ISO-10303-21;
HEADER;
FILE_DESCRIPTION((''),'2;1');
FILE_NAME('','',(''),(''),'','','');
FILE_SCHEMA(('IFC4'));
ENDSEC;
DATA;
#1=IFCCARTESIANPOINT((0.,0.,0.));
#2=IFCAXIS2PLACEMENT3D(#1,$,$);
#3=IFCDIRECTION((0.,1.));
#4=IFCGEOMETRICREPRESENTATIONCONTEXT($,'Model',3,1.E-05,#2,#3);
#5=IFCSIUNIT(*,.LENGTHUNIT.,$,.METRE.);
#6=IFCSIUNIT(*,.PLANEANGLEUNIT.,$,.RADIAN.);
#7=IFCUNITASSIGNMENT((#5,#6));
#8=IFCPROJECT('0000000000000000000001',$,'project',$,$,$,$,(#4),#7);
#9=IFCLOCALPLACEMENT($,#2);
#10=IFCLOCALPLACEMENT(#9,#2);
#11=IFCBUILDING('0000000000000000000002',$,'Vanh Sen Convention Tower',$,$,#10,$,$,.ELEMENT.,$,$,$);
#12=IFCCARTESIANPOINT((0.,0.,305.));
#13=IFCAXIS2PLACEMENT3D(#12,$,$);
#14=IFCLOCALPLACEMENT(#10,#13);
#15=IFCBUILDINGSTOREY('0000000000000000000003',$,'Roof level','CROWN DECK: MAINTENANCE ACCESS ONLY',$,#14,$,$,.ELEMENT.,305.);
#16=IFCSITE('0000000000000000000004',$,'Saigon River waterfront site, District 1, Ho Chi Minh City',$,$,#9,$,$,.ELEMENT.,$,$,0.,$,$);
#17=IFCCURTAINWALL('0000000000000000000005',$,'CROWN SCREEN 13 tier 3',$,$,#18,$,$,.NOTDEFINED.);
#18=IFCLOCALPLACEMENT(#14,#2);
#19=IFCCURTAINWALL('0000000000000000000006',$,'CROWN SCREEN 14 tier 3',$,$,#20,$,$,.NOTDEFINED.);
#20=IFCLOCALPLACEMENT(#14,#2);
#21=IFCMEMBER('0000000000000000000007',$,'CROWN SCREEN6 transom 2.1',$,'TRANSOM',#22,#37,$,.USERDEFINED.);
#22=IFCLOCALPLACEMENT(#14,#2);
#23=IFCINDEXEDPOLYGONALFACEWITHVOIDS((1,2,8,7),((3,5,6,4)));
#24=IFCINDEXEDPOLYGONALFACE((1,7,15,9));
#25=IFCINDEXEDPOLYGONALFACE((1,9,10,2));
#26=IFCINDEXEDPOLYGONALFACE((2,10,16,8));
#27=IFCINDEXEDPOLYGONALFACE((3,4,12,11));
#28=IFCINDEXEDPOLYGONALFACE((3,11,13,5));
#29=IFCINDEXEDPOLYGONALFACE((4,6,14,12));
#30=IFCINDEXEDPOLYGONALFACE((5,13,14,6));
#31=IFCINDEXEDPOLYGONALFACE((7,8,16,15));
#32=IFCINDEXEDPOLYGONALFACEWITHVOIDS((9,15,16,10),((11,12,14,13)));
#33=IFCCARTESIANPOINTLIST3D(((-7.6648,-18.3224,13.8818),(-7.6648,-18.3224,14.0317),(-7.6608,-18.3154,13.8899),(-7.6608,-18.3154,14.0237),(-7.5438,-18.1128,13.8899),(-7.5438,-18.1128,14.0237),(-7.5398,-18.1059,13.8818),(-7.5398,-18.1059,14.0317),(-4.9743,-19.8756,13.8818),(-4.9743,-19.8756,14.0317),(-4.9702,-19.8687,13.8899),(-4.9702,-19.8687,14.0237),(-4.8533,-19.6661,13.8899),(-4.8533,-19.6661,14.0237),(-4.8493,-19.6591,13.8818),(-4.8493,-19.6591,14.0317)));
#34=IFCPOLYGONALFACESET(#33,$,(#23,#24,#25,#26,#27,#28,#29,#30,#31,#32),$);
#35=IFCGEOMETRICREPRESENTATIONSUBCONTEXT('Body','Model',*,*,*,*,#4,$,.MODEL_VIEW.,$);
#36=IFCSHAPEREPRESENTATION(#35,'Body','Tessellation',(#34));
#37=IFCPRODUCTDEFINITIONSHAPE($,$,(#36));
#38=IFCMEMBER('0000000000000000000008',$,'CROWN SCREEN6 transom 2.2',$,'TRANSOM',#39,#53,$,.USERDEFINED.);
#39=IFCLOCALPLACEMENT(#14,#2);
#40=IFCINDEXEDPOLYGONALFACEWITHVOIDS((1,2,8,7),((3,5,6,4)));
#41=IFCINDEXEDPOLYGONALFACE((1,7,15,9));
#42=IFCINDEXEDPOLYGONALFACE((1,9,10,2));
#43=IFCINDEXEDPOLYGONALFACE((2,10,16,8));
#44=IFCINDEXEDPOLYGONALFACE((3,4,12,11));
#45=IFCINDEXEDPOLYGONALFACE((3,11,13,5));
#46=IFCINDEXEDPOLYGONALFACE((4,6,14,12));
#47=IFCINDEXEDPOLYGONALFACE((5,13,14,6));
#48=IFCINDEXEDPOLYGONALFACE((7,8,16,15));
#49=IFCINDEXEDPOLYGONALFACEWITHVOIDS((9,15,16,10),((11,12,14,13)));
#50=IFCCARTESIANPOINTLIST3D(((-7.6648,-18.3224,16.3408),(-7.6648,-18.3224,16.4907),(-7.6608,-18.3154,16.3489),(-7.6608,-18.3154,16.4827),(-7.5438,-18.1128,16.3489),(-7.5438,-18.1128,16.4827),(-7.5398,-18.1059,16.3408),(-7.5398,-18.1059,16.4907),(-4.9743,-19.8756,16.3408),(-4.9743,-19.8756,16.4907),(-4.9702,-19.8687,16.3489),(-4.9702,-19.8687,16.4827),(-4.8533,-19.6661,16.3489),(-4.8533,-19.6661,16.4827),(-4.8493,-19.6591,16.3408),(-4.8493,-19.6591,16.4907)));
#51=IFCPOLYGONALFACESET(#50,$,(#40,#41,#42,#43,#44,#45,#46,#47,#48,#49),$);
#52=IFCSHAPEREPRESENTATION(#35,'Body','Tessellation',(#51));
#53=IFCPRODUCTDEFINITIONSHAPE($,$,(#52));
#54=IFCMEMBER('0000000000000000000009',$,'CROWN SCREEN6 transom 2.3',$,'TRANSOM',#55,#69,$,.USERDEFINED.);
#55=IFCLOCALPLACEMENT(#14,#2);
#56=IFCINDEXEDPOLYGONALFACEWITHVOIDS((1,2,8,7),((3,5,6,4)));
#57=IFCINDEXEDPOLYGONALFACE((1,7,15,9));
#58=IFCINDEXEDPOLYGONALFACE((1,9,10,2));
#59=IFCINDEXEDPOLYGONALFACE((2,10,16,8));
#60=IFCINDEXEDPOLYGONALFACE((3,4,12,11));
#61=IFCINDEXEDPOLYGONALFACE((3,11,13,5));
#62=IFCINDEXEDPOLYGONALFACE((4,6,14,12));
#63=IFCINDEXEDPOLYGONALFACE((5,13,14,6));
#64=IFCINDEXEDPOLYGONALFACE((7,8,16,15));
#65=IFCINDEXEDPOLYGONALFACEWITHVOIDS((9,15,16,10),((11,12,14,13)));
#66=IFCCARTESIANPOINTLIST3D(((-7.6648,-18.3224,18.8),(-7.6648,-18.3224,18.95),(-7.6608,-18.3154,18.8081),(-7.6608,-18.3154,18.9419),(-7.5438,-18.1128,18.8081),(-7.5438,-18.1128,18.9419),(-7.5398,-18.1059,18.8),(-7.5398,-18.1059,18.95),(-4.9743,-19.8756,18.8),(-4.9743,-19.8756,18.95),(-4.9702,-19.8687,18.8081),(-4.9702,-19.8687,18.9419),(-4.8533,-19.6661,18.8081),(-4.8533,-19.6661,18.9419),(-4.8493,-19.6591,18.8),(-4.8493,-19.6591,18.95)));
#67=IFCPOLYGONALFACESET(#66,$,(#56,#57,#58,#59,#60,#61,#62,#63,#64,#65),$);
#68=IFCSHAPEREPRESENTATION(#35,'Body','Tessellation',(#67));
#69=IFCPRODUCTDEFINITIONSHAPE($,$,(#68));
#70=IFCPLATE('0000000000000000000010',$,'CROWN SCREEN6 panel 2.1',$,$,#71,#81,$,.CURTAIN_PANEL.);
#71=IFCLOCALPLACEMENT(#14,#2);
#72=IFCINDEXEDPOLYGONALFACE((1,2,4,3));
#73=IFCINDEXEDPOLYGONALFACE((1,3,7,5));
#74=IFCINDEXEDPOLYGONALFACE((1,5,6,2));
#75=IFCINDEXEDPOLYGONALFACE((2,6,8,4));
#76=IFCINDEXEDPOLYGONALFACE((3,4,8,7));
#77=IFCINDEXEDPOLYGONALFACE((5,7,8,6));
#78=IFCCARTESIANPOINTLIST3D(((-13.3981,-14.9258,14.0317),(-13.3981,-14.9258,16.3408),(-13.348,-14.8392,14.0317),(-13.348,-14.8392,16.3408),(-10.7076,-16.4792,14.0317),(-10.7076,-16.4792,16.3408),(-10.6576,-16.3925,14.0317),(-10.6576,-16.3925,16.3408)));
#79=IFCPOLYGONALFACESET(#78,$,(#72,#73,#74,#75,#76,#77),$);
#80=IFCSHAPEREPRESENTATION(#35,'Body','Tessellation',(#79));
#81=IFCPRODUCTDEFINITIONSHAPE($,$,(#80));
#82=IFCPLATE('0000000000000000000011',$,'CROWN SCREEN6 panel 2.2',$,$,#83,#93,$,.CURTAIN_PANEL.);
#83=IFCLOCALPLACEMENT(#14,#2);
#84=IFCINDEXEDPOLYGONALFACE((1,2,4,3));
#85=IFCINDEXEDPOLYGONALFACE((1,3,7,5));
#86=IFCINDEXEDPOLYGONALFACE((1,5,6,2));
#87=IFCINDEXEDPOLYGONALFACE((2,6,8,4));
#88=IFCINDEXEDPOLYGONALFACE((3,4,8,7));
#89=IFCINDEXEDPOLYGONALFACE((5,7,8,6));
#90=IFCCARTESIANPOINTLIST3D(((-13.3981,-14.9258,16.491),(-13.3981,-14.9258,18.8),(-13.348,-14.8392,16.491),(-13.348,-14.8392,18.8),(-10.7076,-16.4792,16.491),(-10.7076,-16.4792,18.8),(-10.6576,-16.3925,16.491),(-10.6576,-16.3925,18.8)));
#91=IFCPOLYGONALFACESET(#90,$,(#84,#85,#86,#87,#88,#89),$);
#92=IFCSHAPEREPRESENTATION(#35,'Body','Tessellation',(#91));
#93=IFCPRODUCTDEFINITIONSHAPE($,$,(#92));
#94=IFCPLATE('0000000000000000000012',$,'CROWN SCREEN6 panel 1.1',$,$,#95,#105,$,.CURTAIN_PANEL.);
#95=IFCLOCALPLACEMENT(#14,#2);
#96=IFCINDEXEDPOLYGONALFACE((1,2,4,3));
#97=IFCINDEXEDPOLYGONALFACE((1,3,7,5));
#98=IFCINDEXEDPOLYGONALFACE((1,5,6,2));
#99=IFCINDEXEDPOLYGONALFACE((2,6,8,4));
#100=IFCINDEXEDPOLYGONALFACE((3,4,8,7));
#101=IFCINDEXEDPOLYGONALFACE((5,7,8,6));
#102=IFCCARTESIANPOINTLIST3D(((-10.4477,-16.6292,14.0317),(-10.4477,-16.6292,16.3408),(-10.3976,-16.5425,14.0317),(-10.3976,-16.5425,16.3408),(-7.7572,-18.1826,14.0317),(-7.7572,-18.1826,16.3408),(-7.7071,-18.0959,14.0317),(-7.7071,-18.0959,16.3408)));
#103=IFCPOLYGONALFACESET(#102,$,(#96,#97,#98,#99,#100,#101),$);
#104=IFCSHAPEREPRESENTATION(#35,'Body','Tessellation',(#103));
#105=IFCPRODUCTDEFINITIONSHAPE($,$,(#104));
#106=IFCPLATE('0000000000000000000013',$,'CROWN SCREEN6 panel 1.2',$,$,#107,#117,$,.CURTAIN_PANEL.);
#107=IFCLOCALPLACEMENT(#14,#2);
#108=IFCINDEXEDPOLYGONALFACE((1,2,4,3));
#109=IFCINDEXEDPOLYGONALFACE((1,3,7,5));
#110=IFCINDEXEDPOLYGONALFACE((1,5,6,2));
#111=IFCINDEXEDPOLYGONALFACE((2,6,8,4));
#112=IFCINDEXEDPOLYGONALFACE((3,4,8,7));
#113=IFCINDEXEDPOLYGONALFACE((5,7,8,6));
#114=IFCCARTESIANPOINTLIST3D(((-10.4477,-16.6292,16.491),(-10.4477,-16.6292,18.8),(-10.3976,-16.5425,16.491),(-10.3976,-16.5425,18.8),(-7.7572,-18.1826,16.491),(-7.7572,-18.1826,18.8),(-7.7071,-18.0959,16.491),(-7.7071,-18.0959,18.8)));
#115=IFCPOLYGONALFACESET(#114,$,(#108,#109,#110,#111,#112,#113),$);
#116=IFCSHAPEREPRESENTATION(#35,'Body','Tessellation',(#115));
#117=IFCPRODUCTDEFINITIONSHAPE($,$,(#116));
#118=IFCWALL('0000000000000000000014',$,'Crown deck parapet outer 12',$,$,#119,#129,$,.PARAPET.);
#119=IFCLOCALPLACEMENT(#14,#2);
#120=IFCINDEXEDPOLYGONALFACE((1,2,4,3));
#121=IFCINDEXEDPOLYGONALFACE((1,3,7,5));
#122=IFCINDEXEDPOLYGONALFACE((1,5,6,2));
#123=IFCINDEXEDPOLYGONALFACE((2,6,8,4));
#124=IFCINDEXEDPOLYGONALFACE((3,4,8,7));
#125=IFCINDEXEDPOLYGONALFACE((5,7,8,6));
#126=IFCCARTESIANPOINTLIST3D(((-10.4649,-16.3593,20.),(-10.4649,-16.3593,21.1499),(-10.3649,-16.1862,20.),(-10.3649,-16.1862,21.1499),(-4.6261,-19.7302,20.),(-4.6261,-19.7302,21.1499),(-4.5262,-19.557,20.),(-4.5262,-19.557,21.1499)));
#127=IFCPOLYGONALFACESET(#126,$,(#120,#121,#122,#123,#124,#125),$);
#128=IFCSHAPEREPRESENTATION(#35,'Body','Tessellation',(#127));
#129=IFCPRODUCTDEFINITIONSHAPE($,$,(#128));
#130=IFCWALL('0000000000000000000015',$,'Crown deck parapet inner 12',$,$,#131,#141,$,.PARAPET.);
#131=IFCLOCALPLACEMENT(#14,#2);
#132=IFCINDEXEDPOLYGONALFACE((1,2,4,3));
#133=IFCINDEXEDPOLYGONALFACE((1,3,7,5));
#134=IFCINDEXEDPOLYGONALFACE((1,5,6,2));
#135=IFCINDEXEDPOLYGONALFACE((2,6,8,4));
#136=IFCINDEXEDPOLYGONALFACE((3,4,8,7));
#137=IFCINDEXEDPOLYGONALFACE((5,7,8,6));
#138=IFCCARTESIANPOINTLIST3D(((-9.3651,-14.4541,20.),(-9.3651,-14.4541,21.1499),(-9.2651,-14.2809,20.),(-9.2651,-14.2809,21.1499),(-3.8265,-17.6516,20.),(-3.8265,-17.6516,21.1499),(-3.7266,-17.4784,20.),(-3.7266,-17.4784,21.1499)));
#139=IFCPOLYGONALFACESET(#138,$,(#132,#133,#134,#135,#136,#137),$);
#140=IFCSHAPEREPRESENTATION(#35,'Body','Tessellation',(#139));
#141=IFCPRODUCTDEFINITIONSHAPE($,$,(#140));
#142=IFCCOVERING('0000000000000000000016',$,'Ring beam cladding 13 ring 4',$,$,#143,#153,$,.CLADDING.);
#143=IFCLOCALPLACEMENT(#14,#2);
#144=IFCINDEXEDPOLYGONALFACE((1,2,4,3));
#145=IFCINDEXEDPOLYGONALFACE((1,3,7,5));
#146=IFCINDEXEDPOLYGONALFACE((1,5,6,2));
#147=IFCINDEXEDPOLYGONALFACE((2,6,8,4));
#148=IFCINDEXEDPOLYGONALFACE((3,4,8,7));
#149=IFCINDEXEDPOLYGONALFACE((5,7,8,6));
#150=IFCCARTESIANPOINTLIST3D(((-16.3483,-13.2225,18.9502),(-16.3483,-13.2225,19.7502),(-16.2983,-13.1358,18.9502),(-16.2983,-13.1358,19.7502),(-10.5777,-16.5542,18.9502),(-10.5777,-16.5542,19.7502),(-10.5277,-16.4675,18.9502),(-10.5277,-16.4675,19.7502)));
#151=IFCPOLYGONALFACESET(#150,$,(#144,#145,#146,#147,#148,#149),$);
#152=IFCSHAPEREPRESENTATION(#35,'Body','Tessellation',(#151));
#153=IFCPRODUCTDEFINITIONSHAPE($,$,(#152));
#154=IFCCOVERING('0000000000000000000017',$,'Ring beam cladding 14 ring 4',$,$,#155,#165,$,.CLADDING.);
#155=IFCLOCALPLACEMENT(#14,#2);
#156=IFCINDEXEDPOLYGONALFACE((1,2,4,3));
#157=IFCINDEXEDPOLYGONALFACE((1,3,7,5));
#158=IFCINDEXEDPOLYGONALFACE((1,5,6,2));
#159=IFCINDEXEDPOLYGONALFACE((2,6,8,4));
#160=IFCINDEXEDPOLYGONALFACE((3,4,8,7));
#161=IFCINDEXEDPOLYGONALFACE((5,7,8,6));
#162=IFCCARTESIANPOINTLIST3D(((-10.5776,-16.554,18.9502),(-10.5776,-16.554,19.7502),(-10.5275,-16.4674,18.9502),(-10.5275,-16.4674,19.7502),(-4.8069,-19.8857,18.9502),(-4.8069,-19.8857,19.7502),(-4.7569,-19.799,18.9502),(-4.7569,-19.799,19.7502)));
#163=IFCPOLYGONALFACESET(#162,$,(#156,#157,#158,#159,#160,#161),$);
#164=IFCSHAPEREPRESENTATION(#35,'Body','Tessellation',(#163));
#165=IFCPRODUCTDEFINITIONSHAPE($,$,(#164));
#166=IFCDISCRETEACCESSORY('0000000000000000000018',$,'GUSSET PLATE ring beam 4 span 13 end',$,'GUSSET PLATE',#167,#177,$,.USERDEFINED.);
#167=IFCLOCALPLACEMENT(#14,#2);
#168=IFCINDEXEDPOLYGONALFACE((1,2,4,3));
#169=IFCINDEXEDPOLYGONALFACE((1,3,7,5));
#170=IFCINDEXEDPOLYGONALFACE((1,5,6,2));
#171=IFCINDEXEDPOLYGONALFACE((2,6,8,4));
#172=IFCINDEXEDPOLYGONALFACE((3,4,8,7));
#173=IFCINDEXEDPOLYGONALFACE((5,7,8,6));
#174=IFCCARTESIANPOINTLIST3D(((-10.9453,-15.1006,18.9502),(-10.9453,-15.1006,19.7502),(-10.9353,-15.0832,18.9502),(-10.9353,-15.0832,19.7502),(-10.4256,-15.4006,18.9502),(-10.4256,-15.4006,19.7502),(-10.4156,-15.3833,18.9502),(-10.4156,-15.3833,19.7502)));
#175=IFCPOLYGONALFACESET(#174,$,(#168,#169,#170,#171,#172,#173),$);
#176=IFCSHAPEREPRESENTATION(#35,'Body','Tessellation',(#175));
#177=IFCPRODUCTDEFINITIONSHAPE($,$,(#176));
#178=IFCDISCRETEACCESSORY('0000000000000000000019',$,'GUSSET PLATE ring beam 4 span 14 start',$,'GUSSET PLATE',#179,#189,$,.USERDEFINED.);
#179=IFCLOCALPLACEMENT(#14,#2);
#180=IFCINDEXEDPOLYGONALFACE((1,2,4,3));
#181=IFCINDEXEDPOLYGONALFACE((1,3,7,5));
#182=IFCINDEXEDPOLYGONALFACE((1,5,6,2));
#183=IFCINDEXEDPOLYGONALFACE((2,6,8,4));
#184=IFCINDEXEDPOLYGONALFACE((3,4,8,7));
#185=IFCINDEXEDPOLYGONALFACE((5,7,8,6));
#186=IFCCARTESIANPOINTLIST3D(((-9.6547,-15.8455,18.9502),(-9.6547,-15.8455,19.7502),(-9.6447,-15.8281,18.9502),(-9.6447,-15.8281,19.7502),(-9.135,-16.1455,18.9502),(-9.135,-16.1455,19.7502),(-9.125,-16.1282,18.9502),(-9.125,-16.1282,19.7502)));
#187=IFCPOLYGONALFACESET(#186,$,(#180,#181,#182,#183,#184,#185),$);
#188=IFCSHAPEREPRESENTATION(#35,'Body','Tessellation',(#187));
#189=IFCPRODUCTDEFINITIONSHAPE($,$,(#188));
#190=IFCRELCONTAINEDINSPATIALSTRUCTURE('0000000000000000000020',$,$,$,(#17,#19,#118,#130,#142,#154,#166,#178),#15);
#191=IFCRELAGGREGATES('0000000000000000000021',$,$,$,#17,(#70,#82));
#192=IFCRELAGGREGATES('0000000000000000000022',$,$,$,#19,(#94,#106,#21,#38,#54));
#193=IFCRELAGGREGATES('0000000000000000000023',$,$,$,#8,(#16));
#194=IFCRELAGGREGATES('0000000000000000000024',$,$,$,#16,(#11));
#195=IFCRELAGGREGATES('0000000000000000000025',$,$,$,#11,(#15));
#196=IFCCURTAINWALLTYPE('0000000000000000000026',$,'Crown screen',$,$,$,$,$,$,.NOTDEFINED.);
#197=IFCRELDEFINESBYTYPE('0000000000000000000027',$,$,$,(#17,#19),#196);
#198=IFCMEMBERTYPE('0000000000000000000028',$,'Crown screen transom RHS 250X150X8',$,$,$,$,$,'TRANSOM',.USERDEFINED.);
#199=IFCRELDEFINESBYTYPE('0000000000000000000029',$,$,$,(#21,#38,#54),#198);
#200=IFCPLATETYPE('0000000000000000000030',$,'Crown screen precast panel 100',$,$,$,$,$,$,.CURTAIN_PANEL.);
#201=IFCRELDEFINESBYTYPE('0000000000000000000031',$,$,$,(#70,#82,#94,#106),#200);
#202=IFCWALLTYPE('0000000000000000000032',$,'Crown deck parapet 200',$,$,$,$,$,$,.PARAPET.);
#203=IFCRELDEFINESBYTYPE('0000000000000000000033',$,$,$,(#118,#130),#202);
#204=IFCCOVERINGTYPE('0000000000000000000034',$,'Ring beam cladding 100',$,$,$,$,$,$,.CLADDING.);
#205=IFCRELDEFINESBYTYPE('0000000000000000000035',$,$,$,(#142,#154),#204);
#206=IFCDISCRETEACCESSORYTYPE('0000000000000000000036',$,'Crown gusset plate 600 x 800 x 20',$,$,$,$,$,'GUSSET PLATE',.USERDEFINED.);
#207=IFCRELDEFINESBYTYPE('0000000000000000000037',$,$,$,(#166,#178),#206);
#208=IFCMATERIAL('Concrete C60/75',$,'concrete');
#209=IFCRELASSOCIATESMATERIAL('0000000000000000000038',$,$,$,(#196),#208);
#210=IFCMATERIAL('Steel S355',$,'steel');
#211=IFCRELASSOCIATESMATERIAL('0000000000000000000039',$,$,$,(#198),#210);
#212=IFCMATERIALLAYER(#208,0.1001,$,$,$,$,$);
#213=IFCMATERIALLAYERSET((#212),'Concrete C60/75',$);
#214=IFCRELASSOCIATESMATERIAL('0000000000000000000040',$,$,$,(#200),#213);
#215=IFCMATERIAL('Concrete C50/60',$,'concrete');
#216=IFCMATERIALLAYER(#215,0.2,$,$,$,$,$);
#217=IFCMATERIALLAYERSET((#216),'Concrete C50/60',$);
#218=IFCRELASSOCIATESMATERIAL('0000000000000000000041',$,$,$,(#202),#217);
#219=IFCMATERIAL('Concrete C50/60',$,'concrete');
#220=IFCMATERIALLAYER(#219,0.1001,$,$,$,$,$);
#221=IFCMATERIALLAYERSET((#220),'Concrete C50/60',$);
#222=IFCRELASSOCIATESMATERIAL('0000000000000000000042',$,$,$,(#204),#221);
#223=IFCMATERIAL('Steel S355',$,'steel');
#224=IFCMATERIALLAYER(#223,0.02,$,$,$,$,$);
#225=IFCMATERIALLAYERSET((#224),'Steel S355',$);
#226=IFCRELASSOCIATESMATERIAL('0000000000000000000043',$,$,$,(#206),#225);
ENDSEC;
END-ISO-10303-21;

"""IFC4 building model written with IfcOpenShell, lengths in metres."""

from ifc_helpers import new_model, si_unit, direction, frame, frame_2d, origin, origin_2d, place, context, subcontext, project, spatial, rectangle, hollow_rectangle, extrude, material, layer, layer_set, material_profile, profile_set, type_object, element, aggregate, save


model = new_model("IFC4")

# Units and contexts
model_context = context("Model", 3, precision=1e-05, world=origin(), true_north=direction((0.0, 1.0)))
body_context = subcontext(model_context, "Body", "Model", "MODEL_VIEW")
ifc_project = project(units=[si_unit("LENGTHUNIT", "METRE"), si_unit("PLANEANGLEUNIT", "RADIAN")], contexts=[model_context])

# Site, building, storey
site_placement = place(None, origin())
site = spatial("IfcSite", under=ifc_project, at=site_placement, Name="Saigon River waterfront site, District 1, Ho Chi Minh City", CompositionType="ELEMENT", RefElevation=0.0)
building_placement = place(site_placement, origin())
building = spatial("IfcBuilding", under=site, at=building_placement, Name="Vanh Sen Convention Tower", CompositionType="ELEMENT")
storey_placement = place(building_placement, frame((0.0, 0.0, 305.0)))
storey = spatial("IfcBuildingStorey", under=building, at=storey_placement, Name="Roof level", Description="CROWN DECK: MAINTENANCE ACCESS ONLY", CompositionType="ELEMENT", Elevation=305.0)

# Curtain wall
ifc_material_1 = material(Name="Concrete C60/75", Category="concrete")
curtain_wall_type = type_object("IfcCurtainWallType", Name="Crown screen", PredefinedType="NOTDEFINED", material=ifc_material_1)
curtain_wall_1_placement = place(storey_placement, origin())
curtain_wall_1 = element("IfcCurtainWall", 1, at=curtain_wall_1_placement, inside=storey, type_object=curtain_wall_type, Name="CROWN SCREEN 13 tier 3", PredefinedType="NOTDEFINED")
ifc_material_2 = material(Name="Steel S355", Category="steel")

# Curtain wall
curtain_wall_2_placement = place(storey_placement, origin())
curtain_wall_2 = element("IfcCurtainWall", 2, at=curtain_wall_2_placement, inside=storey, type_object=curtain_wall_type, Name="CROWN SCREEN 14 tier 3", PredefinedType="NOTDEFINED")

# Members
ifc_material_profile_1 = material_profile(ifc_material_2, hollow_rectangle(XDim=0.25, YDim=0.1499, WallThickness=0.0081, at=origin_2d()), Name="RHS 250X150X8")
ifc_profile_set_1 = profile_set([ifc_material_profile_1], Name="Steel S355")
member_type_1 = type_object("IfcMemberType", Name="Crown screen transom RHS 250X150X8", ElementType="TRANSOM", PredefinedType="USERDEFINED", material=ifc_profile_set_1)
member_1_placement = place(storey_placement, frame((-7.6023, -18.2141, 13.9568), z_axis=(0.866039, -0.499976, 0.0), x_axis=(0.499976, 0.866039, 0.0)))
member_1 = element("IfcMember", 3, at=member_1_placement, type_object=member_type_1, Name="CROWN SCREEN6 transom 2.1", ObjectType="TRANSOM", PredefinedType="USERDEFINED", context=body_context, shape_type="SweptSolid", body=[
    extrude(hollow_rectangle(XDim=0.25, YDim=0.1499, WallThickness=0.0081, at=origin_2d()), origin(), (0.0, 0.0, 1.0), 3.1067),
])
member_2_placement = place(storey_placement, frame((-7.6023, -18.2141, 16.4158), z_axis=(0.866039, -0.499976, 0.0), x_axis=(0.499976, 0.866039, 0.0)))
member_2 = element("IfcMember", 4, at=member_2_placement, type_object=member_type_1, Name="CROWN SCREEN6 transom 2.2", ObjectType="TRANSOM", PredefinedType="USERDEFINED", context=body_context, shape_type="SweptSolid", body=[
    extrude(hollow_rectangle(XDim=0.25, YDim=0.1499, WallThickness=0.0081, at=origin_2d()), origin(), (0.0, 0.0, 1.0), 3.1067),
])
member_3_placement = place(storey_placement, frame((-7.6023, -18.2141, 18.875), z_axis=(0.866039, -0.499976, 0.0), x_axis=(0.499976, 0.866039, 0.0)))
member_3 = element("IfcMember", 5, at=member_3_placement, type_object=member_type_1, Name="CROWN SCREEN6 transom 2.3", ObjectType="TRANSOM", PredefinedType="USERDEFINED", context=body_context, shape_type="SweptSolid", body=[
    extrude(hollow_rectangle(XDim=0.25, YDim=0.1499, WallThickness=0.0081, at=origin_2d()), origin(), (0.0, 0.0, 1.0), 3.1067),
])

# Plates
ifc_layer_1 = layer(ifc_material_1, 0.1001)
ifc_layer_set_1 = layer_set([ifc_layer_1], Name="Concrete C60/75")
plate_type = type_object("IfcPlateType", Name="Crown screen precast panel 100", PredefinedType="CURTAIN_PANEL", material=ifc_layer_set_1)
plate_1_placement = place(storey_placement, frame((-12.0278, -15.6592, 14.0317), z_axis=(0.0, 0.0, 1.0), x_axis=(0.866023, -0.500005, 0.0)))
plate_1 = element("IfcPlate", 6, at=plate_1_placement, type_object=plate_type, Name="CROWN SCREEN6 panel 2.1", PredefinedType="CURTAIN_PANEL", context=body_context, shape_type="SweptSolid", body=[
    extrude(rectangle(XDim=3.1067, YDim=0.1001, at=origin_2d()), origin(), (0.0, 0.0, 1.0), 2.3091),
])
plate_2_placement = place(storey_placement, frame((-12.0278, -15.6592, 16.491), z_axis=(0.0, 0.0, 1.0), x_axis=(0.866023, -0.500005, 0.0)))
plate_2 = element("IfcPlate", 7, at=plate_2_placement, type_object=plate_type, Name="CROWN SCREEN6 panel 2.2", PredefinedType="CURTAIN_PANEL", context=body_context, shape_type="SweptSolid", body=[
    extrude(rectangle(XDim=3.1067, YDim=0.1001, at=origin_2d()), origin(), (0.0, 0.0, 1.0), 2.3091),
])
aggregate(curtain_wall_1, [plate_1, plate_2])
plate_3_placement = place(storey_placement, frame((-9.0774, -17.3625, 14.0317), z_axis=(0.0, 0.0, 1.0), x_axis=(0.866029, -0.499994, 0.0)))
plate_3 = element("IfcPlate", 8, at=plate_3_placement, type_object=plate_type, Name="CROWN SCREEN6 panel 1.1", PredefinedType="CURTAIN_PANEL", context=body_context, shape_type="SweptSolid", body=[
    extrude(rectangle(XDim=3.1067, YDim=0.1001, at=origin_2d()), origin(), (0.0, 0.0, 1.0), 2.3091),
])
plate_4_placement = place(storey_placement, frame((-9.0774, -17.3625, 16.491), z_axis=(0.0, 0.0, 1.0), x_axis=(0.866029, -0.499994, 0.0)))
plate_4 = element("IfcPlate", 9, at=plate_4_placement, type_object=plate_type, Name="CROWN SCREEN6 panel 1.2", PredefinedType="CURTAIN_PANEL", context=body_context, shape_type="SweptSolid", body=[
    extrude(rectangle(XDim=3.1067, YDim=0.1001, at=origin_2d()), origin(), (0.0, 0.0, 1.0), 2.3091),
])
aggregate(curtain_wall_2, [plate_3, plate_4, member_1, member_2, member_3])

# Walls
ifc_material_3 = material(Name="Concrete C50/60", Category="concrete")
ifc_layer_2 = layer(ifc_material_3, 0.2)
ifc_layer_set_2 = layer_set([ifc_layer_2], Name="Concrete C50/60")
wall_type = type_object("IfcWallType", Name="Crown deck parapet 200", PredefinedType="PARAPET", material=ifc_layer_set_2)
wall_1_placement = place(storey_placement, frame((-10.415, -16.2727, 20.0), z_axis=(0.0, 0.0, 1.0), x_axis=(0.86604, -0.499975, 0.0)))
element("IfcWall", 10, at=wall_1_placement, inside=storey, type_object=wall_type, Name="Crown deck parapet outer 12", PredefinedType="PARAPET", context=body_context, shape_type="SweptSolid", body=[
    extrude(rectangle(XDim=6.7419, YDim=0.2, at=frame_2d((3.3711, 0.0))), origin(), (0.0, 0.0, 1.0), 1.1499),
])
wall_2_placement = place(storey_placement, frame((-9.3152, -14.3674, 20.0), z_axis=(0.0, 0.0, 1.0), x_axis=(0.866038, -0.499978, 0.0)))
element("IfcWall", 11, at=wall_2_placement, inside=storey, type_object=wall_type, Name="Crown deck parapet inner 12", PredefinedType="PARAPET", context=body_context, shape_type="SweptSolid", body=[
    extrude(rectangle(XDim=6.3953, YDim=0.2, at=frame_2d((3.1978, 0.0))), origin(), (0.0, 0.0, 1.0), 1.1499),
])

# Coverings
ifc_material_4 = material(Name="Concrete C50/60", Category="concrete")
ifc_layer_3 = layer(ifc_material_4, 0.1001)
ifc_layer_set_3 = layer_set([ifc_layer_3], Name="Concrete C50/60")
covering_type = type_object("IfcCoveringType", Name="Ring beam cladding 100", PredefinedType="CLADDING", material=ifc_layer_set_3)
for number, where, z_axis, x_axis, name in (
    (12, (-13.438, -14.845, 18.9502), (0.0, 0.0, 1.0), (0.866023, -0.500005, 0.0), "Ring beam cladding 13 ring 4"),
    (13, (-7.6672, -18.1765, 18.9502), (0.0, 0.0, 1.0), (0.866029, -0.499994, 0.0), "Ring beam cladding 14 ring 4"),
):
    element("IfcCovering", number, at=place(storey_placement, frame(where, z_axis=z_axis, x_axis=x_axis)), inside=storey, type_object=covering_type, Name=name, PredefinedType="CLADDING", context=body_context, shape_type="SweptSolid", body=[
        extrude(rectangle(XDim=6.6633, YDim=0.1001, at=origin_2d()), origin(), (0.0, 0.0, 1.0), 0.8),
    ])

# Discrete accessories
ifc_material_5 = material(Name="Steel S355", Category="steel")
ifc_layer_4 = layer(ifc_material_5, 0.02)
ifc_layer_set_4 = layer_set([ifc_layer_4], Name="Steel S355")
discrete_accessory_type_1 = type_object("IfcDiscreteAccessoryType", Name="Crown gusset plate 600 x 800 x 20", ElementType="GUSSET PLATE", PredefinedType="USERDEFINED", material=ifc_layer_set_4)
for number, where, z_axis, x_axis, name in (
    (14, (-10.6804, -15.2419, 18.9502), (0.0, 0.0, 1.0), (-0.866023, 0.500005, 0.0), "GUSSET PLATE ring beam 4 span 13 end"),
    (15, (-9.3899, -15.9868, 18.9502), (0.0, 0.0, 1.0), (0.866029, -0.499994, 0.0), "GUSSET PLATE ring beam 4 span 14 start"),
):
    element("IfcDiscreteAccessory", number, at=place(storey_placement, frame(where, z_axis=z_axis, x_axis=x_axis)), inside=storey, type_object=discrete_accessory_type_1, Name=name, ObjectType="GUSSET PLATE", PredefinedType="USERDEFINED", context=body_context, shape_type="SweptSolid", body=[
        extrude(rectangle(XDim=0.6001, YDim=0.02, at=origin_2d()), origin(), (0.0, 0.0, 1.0), 0.8),
    ])

save(model, "model.ifc")
